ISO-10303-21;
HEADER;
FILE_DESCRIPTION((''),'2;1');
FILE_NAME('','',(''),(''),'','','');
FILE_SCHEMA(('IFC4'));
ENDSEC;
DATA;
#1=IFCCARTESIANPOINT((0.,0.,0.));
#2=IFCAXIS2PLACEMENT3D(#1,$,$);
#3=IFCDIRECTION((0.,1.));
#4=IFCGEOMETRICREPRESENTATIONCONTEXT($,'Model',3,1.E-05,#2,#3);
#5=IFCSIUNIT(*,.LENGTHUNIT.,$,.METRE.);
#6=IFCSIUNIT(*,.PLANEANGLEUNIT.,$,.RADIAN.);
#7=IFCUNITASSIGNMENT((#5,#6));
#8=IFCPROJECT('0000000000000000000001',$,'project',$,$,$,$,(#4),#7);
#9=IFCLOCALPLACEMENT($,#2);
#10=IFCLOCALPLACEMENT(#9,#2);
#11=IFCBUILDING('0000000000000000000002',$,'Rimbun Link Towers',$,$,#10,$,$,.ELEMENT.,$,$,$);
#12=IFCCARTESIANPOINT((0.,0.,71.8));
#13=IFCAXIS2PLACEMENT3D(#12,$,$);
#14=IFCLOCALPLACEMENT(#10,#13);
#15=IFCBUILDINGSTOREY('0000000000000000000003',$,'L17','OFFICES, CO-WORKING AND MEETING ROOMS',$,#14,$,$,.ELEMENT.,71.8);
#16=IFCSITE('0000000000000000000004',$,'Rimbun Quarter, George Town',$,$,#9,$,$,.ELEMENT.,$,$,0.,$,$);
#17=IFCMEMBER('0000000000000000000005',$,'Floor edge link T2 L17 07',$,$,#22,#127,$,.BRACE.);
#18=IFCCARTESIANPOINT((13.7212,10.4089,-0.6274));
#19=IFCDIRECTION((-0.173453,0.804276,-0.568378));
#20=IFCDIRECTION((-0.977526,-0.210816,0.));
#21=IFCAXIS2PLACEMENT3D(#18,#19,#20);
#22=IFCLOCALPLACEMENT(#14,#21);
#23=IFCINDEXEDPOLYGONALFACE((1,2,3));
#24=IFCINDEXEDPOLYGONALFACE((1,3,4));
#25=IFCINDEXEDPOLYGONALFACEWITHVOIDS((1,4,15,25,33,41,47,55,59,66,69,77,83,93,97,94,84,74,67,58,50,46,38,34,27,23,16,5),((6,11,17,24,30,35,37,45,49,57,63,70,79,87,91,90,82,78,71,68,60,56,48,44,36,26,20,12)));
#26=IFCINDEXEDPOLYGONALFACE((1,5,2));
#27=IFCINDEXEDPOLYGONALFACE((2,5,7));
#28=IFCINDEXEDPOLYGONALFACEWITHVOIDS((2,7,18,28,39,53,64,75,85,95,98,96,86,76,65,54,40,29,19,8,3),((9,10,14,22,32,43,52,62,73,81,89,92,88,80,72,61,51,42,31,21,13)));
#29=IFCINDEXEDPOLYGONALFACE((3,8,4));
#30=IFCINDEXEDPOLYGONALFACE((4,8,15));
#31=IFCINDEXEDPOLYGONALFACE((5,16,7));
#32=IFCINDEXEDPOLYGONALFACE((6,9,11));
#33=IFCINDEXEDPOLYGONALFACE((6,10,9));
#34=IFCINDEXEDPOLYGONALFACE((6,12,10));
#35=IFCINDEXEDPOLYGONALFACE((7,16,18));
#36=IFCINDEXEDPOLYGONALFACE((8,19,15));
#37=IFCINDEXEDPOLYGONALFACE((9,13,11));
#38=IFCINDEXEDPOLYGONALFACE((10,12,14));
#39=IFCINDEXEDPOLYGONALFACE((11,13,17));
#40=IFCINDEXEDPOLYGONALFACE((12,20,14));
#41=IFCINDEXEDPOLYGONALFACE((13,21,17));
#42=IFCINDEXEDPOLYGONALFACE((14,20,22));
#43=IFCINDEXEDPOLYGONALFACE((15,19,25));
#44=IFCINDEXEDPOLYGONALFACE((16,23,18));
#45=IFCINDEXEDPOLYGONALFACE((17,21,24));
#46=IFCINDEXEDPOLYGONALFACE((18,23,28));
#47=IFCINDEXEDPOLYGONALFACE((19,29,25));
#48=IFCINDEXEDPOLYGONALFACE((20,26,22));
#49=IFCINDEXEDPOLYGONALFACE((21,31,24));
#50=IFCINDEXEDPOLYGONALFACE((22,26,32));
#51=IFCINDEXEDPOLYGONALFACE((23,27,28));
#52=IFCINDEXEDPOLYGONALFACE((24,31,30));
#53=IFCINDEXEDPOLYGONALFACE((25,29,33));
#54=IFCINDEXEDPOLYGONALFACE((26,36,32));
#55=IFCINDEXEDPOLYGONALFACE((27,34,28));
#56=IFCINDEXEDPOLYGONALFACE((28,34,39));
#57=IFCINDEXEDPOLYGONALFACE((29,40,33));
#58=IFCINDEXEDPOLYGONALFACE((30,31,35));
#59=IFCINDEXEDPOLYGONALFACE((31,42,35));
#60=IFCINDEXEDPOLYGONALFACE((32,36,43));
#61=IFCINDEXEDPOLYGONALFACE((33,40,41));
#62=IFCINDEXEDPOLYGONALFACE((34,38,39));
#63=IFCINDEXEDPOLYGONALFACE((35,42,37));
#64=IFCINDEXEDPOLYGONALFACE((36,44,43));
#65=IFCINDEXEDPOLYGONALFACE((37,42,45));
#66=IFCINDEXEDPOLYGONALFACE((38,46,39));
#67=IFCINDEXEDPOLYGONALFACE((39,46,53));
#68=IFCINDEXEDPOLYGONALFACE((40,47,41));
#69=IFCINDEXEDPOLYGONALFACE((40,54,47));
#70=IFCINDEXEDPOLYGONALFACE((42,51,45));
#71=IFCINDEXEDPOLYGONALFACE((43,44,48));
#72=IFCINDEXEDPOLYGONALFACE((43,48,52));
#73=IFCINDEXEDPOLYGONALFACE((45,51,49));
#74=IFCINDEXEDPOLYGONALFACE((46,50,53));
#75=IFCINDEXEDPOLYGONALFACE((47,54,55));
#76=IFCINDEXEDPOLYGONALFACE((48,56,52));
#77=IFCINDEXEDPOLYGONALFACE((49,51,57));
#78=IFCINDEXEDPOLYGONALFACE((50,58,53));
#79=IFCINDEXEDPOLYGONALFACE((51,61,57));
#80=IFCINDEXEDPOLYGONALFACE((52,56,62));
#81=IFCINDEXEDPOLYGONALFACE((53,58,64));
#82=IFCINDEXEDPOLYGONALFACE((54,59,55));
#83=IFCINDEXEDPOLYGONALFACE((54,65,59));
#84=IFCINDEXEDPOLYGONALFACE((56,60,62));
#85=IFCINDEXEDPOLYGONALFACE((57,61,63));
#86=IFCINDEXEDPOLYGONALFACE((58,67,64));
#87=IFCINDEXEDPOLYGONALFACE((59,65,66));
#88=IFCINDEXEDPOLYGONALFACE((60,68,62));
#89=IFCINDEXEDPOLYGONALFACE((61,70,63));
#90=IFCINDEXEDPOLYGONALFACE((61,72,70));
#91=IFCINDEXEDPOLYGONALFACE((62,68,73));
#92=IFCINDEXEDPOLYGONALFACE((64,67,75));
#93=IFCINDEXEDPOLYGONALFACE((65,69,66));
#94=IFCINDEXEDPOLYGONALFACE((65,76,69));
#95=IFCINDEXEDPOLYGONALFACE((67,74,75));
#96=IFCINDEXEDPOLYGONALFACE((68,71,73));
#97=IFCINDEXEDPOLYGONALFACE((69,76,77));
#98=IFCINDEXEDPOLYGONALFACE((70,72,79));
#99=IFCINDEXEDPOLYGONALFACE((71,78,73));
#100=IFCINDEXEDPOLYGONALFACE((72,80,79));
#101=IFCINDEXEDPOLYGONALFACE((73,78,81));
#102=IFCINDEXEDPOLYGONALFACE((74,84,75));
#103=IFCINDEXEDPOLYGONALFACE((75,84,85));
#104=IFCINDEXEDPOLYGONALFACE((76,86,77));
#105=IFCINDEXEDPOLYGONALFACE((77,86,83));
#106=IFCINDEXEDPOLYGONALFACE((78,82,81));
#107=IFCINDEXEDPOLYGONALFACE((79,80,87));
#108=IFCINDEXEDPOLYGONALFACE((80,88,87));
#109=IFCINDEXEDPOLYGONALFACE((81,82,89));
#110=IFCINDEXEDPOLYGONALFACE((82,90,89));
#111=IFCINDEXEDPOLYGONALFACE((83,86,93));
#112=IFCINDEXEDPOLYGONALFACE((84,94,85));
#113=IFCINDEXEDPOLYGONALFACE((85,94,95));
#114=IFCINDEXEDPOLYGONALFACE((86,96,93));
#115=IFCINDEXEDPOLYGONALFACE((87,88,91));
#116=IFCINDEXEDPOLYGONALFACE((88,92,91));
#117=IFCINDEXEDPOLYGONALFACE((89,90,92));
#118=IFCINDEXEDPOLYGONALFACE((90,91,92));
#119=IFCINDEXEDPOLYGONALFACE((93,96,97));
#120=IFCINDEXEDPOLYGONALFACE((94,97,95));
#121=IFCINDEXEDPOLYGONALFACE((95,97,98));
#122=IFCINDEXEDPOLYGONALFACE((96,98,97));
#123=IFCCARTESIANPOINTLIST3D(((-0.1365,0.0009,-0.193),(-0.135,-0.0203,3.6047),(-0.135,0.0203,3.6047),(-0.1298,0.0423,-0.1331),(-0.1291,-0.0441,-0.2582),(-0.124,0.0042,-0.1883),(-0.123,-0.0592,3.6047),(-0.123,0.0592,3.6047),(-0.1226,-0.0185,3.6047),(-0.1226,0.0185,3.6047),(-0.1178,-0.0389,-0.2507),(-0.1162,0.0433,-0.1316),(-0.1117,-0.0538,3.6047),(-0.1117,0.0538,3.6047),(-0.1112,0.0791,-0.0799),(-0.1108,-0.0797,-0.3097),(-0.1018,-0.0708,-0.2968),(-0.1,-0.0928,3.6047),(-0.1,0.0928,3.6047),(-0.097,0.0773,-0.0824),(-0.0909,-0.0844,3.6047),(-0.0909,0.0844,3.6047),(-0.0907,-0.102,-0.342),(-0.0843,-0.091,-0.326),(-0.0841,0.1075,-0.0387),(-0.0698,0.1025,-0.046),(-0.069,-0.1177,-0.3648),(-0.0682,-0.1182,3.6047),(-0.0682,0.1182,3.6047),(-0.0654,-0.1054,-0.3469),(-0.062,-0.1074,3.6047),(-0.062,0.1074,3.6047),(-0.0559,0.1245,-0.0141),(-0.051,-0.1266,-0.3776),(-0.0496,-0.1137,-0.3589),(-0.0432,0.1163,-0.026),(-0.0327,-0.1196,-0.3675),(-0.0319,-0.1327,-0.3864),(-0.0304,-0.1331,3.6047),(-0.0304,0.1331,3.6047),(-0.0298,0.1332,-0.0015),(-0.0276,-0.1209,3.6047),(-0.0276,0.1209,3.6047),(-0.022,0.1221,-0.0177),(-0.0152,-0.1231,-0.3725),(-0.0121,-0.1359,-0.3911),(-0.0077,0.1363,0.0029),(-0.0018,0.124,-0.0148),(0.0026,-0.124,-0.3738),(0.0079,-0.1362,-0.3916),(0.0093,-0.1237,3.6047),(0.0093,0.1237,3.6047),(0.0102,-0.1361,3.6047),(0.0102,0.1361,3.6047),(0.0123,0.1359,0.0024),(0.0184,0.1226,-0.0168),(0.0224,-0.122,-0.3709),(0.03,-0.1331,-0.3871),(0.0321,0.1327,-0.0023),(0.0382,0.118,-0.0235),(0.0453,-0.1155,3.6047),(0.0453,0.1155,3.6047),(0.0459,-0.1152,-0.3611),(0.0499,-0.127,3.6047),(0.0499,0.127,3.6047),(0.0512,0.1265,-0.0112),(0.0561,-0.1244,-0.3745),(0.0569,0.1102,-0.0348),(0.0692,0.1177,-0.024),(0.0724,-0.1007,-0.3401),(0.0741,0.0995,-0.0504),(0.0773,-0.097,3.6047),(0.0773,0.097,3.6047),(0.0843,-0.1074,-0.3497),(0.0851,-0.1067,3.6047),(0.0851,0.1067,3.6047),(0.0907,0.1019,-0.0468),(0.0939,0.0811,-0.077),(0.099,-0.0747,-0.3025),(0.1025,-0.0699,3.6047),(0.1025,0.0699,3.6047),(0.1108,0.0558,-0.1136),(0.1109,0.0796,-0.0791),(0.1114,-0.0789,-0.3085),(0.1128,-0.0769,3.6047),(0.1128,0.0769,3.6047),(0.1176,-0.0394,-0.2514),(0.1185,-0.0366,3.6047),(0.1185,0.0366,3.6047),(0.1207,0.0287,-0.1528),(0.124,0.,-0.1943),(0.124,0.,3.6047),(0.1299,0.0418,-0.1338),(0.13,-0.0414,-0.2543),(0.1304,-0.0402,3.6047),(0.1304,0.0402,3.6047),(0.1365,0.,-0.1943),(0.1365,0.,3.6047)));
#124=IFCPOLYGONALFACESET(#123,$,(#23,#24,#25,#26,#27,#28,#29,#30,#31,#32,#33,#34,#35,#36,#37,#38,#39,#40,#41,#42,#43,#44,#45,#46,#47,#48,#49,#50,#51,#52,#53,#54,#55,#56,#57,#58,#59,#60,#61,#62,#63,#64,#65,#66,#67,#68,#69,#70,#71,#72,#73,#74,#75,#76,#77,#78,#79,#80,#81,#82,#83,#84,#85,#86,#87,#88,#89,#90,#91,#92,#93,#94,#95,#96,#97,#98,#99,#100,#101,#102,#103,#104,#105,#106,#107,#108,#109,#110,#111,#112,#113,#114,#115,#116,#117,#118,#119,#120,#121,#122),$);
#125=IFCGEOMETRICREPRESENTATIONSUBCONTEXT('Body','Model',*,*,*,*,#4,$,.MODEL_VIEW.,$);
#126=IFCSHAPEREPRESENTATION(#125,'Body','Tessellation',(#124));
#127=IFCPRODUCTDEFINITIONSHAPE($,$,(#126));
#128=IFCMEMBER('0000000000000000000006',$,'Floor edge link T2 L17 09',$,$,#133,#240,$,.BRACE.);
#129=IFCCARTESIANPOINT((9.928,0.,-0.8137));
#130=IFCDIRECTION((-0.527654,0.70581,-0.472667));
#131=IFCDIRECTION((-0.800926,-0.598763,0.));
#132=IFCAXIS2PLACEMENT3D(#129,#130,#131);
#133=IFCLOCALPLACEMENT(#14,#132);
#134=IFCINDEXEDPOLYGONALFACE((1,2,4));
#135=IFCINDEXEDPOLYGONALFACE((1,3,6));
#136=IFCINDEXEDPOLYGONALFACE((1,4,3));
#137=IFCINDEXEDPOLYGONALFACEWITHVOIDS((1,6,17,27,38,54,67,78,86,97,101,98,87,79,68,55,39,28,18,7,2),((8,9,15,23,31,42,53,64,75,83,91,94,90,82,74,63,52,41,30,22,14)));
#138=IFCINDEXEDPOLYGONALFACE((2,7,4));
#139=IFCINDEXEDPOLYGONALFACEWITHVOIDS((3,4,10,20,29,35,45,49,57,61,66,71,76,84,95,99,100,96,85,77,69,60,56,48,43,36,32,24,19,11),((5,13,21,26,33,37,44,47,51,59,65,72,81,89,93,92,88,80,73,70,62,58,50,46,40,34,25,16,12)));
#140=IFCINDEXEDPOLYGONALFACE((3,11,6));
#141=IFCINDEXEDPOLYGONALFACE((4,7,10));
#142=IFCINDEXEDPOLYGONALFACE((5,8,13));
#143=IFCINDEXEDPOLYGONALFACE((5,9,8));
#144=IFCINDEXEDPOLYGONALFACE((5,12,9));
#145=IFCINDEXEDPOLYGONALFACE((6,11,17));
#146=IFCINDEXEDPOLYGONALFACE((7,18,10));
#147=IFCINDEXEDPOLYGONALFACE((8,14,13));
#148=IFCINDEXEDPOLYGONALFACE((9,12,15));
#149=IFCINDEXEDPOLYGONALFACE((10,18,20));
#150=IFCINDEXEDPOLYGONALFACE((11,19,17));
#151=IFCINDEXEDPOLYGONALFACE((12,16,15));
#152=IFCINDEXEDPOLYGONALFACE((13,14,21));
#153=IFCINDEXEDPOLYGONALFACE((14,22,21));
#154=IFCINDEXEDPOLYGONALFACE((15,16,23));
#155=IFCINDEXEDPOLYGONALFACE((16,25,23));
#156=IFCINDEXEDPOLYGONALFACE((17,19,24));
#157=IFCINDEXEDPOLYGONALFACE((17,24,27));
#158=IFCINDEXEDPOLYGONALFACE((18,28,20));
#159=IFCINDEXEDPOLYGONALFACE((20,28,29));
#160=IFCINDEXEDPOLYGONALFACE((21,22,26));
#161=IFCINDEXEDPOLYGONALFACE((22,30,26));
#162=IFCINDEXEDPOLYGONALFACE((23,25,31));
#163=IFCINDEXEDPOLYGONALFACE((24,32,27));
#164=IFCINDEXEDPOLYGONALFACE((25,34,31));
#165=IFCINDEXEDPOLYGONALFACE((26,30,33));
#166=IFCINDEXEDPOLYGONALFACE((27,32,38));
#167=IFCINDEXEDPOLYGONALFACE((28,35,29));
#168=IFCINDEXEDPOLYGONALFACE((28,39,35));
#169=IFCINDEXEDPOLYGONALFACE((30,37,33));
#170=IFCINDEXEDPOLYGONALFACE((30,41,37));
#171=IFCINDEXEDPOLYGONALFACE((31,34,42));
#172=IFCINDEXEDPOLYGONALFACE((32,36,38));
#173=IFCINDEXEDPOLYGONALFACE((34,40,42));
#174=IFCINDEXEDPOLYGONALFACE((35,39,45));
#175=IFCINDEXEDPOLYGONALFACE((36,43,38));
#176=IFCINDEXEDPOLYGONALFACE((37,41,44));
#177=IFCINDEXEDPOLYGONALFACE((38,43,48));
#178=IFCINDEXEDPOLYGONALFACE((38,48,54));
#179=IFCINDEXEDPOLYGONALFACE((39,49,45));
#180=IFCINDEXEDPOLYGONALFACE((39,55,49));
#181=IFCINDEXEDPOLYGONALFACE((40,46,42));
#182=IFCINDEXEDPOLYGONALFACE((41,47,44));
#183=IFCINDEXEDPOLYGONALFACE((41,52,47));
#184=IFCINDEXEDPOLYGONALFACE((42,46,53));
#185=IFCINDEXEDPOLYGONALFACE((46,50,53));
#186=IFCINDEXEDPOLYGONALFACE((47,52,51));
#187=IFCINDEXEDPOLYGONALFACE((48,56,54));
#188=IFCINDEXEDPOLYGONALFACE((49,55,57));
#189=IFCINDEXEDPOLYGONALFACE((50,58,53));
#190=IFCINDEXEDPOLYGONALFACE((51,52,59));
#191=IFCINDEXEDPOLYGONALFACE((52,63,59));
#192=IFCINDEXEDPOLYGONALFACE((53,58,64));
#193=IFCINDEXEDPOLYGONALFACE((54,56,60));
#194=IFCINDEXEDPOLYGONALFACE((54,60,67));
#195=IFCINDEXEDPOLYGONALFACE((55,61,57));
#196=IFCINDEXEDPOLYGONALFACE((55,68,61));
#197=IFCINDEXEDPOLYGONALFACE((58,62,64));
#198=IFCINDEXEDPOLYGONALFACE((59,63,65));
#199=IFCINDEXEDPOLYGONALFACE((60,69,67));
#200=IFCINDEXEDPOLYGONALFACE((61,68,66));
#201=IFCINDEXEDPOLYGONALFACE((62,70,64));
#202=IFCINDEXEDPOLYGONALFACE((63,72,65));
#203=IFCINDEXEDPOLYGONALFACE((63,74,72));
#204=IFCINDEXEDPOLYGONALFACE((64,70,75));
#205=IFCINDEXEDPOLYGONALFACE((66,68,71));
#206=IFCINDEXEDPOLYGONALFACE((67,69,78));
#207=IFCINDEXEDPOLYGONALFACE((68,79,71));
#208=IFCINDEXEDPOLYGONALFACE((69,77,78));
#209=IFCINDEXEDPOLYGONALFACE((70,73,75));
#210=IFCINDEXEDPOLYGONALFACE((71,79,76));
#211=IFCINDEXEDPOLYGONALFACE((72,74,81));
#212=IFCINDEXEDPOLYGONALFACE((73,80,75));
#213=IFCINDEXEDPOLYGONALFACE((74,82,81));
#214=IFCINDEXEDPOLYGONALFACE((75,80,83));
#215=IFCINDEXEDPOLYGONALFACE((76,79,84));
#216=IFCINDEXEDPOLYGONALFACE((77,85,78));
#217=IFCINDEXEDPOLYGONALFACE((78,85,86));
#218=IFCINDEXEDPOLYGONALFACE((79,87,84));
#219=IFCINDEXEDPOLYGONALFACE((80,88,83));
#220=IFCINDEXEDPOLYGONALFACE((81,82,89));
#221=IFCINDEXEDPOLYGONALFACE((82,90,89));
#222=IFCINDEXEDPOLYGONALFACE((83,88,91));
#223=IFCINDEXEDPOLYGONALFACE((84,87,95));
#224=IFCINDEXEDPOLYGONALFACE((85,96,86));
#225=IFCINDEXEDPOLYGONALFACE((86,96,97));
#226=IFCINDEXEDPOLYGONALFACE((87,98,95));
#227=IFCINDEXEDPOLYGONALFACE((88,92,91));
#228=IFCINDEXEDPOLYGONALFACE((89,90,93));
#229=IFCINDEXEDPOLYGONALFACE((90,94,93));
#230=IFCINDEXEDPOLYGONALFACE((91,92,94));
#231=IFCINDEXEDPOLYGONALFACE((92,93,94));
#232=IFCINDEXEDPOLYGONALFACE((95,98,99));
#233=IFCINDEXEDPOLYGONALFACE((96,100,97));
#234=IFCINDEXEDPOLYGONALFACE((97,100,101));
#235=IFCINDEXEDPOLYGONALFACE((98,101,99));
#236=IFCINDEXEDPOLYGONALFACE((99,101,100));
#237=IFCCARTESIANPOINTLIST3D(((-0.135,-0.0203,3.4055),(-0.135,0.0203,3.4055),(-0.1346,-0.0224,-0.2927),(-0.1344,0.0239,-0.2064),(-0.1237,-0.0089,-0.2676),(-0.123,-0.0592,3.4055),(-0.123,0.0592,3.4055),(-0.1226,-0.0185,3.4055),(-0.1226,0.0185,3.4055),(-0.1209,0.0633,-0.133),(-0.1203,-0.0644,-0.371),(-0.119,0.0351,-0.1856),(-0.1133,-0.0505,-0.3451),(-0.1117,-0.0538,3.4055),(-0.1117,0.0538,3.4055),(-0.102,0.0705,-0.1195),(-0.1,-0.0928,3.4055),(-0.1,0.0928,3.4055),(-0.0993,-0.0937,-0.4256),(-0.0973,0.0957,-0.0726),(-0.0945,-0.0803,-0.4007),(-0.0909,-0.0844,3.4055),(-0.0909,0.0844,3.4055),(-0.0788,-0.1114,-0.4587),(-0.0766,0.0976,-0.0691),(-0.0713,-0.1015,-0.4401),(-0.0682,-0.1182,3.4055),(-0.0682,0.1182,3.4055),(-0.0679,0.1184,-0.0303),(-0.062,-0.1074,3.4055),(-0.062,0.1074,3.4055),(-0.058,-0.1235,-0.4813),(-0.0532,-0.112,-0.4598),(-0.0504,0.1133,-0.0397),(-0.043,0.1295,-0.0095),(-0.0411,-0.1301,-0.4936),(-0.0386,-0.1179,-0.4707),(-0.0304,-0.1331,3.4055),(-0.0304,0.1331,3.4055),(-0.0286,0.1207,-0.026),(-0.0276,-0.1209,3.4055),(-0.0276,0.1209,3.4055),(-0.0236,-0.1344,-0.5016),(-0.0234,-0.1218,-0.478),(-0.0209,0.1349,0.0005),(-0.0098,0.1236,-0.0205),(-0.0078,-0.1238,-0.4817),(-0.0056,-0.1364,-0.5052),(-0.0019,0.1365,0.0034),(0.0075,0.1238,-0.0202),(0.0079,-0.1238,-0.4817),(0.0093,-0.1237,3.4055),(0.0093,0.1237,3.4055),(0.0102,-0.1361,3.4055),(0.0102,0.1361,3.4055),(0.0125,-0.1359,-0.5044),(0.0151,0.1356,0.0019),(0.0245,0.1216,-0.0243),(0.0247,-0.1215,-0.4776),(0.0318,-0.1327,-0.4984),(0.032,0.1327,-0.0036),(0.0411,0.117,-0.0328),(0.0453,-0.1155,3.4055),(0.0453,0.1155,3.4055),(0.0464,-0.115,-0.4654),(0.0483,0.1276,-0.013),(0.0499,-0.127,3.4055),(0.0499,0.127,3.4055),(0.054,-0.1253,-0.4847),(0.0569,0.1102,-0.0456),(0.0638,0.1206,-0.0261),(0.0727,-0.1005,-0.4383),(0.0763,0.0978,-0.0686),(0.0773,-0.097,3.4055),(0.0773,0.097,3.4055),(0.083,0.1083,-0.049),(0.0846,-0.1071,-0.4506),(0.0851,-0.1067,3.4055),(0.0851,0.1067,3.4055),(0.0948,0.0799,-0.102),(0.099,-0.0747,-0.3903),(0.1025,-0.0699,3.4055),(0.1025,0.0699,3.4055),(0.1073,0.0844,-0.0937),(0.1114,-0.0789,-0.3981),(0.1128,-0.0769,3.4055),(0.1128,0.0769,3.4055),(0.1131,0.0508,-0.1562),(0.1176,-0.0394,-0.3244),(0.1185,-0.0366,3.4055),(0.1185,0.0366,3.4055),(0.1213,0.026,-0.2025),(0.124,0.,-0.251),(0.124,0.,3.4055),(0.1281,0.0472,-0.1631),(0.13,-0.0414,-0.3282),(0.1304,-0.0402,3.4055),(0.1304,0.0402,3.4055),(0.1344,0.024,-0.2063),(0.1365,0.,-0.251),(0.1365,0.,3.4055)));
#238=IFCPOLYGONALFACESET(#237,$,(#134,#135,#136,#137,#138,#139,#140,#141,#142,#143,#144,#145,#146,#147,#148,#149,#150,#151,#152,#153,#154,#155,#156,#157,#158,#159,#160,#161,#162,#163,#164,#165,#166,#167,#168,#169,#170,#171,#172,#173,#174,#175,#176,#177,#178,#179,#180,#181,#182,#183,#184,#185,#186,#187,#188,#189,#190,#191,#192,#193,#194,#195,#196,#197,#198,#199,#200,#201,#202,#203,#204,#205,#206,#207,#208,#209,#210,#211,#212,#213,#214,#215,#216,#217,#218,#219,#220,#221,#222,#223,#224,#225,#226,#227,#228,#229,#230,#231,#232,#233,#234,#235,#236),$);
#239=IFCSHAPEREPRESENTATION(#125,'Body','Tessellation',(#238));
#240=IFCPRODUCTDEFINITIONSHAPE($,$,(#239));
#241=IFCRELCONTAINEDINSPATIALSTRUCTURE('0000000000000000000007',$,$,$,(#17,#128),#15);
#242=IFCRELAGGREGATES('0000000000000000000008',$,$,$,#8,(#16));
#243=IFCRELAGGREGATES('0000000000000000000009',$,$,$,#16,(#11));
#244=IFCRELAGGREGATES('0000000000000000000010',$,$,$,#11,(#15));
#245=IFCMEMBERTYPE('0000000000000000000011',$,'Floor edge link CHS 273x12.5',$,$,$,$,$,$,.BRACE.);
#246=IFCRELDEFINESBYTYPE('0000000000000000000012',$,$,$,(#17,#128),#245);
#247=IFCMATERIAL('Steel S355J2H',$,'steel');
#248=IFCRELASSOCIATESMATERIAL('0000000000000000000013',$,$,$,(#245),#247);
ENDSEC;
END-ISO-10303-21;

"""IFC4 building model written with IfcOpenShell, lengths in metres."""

from ifc_helpers import new_model, si_unit, direction, frame, origin, origin_2d, place, context, subcontext, project, spatial, hollow_circle, extrude, clip, halfspace, material, material_profile, profile_set, type_object, element, save


model = new_model("IFC4")

# Units and contexts
model_context = context("Model", 3, precision=1e-05, world=origin(), true_north=direction((0.0, 1.0)))
body_context = subcontext(model_context, "Body", "Model", "MODEL_VIEW")
ifc_project = project(units=[si_unit("LENGTHUNIT", "METRE"), si_unit("PLANEANGLEUNIT", "RADIAN")], contexts=[model_context])

# Site, building, storey
site_placement = place(None, origin())
site = spatial("IfcSite", under=ifc_project, at=site_placement, Name="Rimbun Quarter, George Town", CompositionType="ELEMENT", RefElevation=0.0)
building_placement = place(site_placement, origin())
building = spatial("IfcBuilding", under=site, at=building_placement, Name="Rimbun Link Towers", CompositionType="ELEMENT")
storey_placement = place(building_placement, frame((0.0, 0.0, 71.8)))
storey = spatial("IfcBuildingStorey", under=building, at=storey_placement, Name="L17", Description="OFFICES, CO-WORKING AND MEETING ROOMS", CompositionType="ELEMENT", Elevation=71.8)

# Members
ifc_material_1 = material(Name="Steel S355J2H", Category="steel")
ifc_material_profile_1 = material_profile(ifc_material_1, hollow_circle(Radius=0.1365, WallThickness=0.0125, at=origin_2d()), Name="CHS 273x12.5")
ifc_profile_set_1 = profile_set([ifc_material_profile_1], Name="Steel S355J2H")
member_type_1 = type_object("IfcMemberType", Name="Floor edge link CHS 273x12.5", PredefinedType="BRACE", material=ifc_profile_set_1)
member_1_placement = place(storey_placement, frame((13.7212, 10.4089, -0.6274), z_axis=(-0.173453, 0.804276, -0.568378), x_axis=(-0.977526, -0.210816, 0.0)))
element("IfcMember", 1, at=member_1_placement, inside=storey, type_object=member_type_1, Name="Floor edge link T2 L17 07", PredefinedType="BRACE", context=body_context, shape_type="Clipping", body=[
    clip(extrude(hollow_circle(Radius=0.1365, WallThickness=0.0125, at=origin_2d()), frame((0.0, 0.0, -0.4128)), (0.0, 0.0, 1.0), 4.0176), halfspace(frame((0.0, 0.0, -0.1943), z_axis=(0.0, 0.822768, -0.568378)), False)),
])
member_2_placement = place(storey_placement, frame((9.928, 0.0, -0.8137), z_axis=(-0.527654, 0.70581, -0.472667), x_axis=(-0.800926, -0.598763, 0.0)))
element("IfcMember", 2, at=member_2_placement, inside=storey, type_object=member_type_1, Name="Floor edge link T2 L17 09", PredefinedType="BRACE", context=body_context, shape_type="Clipping", body=[
    clip(extrude(hollow_circle(Radius=0.1365, WallThickness=0.0125, at=origin_2d()), frame((0.0, 0.0, -0.53)), (0.0, 0.0, 1.0), 3.9355), halfspace(frame((0.0, 0.0, -0.251), z_axis=(0.0, 0.881241, -0.472667)), False)),
])

save(model, "model.ifc")
